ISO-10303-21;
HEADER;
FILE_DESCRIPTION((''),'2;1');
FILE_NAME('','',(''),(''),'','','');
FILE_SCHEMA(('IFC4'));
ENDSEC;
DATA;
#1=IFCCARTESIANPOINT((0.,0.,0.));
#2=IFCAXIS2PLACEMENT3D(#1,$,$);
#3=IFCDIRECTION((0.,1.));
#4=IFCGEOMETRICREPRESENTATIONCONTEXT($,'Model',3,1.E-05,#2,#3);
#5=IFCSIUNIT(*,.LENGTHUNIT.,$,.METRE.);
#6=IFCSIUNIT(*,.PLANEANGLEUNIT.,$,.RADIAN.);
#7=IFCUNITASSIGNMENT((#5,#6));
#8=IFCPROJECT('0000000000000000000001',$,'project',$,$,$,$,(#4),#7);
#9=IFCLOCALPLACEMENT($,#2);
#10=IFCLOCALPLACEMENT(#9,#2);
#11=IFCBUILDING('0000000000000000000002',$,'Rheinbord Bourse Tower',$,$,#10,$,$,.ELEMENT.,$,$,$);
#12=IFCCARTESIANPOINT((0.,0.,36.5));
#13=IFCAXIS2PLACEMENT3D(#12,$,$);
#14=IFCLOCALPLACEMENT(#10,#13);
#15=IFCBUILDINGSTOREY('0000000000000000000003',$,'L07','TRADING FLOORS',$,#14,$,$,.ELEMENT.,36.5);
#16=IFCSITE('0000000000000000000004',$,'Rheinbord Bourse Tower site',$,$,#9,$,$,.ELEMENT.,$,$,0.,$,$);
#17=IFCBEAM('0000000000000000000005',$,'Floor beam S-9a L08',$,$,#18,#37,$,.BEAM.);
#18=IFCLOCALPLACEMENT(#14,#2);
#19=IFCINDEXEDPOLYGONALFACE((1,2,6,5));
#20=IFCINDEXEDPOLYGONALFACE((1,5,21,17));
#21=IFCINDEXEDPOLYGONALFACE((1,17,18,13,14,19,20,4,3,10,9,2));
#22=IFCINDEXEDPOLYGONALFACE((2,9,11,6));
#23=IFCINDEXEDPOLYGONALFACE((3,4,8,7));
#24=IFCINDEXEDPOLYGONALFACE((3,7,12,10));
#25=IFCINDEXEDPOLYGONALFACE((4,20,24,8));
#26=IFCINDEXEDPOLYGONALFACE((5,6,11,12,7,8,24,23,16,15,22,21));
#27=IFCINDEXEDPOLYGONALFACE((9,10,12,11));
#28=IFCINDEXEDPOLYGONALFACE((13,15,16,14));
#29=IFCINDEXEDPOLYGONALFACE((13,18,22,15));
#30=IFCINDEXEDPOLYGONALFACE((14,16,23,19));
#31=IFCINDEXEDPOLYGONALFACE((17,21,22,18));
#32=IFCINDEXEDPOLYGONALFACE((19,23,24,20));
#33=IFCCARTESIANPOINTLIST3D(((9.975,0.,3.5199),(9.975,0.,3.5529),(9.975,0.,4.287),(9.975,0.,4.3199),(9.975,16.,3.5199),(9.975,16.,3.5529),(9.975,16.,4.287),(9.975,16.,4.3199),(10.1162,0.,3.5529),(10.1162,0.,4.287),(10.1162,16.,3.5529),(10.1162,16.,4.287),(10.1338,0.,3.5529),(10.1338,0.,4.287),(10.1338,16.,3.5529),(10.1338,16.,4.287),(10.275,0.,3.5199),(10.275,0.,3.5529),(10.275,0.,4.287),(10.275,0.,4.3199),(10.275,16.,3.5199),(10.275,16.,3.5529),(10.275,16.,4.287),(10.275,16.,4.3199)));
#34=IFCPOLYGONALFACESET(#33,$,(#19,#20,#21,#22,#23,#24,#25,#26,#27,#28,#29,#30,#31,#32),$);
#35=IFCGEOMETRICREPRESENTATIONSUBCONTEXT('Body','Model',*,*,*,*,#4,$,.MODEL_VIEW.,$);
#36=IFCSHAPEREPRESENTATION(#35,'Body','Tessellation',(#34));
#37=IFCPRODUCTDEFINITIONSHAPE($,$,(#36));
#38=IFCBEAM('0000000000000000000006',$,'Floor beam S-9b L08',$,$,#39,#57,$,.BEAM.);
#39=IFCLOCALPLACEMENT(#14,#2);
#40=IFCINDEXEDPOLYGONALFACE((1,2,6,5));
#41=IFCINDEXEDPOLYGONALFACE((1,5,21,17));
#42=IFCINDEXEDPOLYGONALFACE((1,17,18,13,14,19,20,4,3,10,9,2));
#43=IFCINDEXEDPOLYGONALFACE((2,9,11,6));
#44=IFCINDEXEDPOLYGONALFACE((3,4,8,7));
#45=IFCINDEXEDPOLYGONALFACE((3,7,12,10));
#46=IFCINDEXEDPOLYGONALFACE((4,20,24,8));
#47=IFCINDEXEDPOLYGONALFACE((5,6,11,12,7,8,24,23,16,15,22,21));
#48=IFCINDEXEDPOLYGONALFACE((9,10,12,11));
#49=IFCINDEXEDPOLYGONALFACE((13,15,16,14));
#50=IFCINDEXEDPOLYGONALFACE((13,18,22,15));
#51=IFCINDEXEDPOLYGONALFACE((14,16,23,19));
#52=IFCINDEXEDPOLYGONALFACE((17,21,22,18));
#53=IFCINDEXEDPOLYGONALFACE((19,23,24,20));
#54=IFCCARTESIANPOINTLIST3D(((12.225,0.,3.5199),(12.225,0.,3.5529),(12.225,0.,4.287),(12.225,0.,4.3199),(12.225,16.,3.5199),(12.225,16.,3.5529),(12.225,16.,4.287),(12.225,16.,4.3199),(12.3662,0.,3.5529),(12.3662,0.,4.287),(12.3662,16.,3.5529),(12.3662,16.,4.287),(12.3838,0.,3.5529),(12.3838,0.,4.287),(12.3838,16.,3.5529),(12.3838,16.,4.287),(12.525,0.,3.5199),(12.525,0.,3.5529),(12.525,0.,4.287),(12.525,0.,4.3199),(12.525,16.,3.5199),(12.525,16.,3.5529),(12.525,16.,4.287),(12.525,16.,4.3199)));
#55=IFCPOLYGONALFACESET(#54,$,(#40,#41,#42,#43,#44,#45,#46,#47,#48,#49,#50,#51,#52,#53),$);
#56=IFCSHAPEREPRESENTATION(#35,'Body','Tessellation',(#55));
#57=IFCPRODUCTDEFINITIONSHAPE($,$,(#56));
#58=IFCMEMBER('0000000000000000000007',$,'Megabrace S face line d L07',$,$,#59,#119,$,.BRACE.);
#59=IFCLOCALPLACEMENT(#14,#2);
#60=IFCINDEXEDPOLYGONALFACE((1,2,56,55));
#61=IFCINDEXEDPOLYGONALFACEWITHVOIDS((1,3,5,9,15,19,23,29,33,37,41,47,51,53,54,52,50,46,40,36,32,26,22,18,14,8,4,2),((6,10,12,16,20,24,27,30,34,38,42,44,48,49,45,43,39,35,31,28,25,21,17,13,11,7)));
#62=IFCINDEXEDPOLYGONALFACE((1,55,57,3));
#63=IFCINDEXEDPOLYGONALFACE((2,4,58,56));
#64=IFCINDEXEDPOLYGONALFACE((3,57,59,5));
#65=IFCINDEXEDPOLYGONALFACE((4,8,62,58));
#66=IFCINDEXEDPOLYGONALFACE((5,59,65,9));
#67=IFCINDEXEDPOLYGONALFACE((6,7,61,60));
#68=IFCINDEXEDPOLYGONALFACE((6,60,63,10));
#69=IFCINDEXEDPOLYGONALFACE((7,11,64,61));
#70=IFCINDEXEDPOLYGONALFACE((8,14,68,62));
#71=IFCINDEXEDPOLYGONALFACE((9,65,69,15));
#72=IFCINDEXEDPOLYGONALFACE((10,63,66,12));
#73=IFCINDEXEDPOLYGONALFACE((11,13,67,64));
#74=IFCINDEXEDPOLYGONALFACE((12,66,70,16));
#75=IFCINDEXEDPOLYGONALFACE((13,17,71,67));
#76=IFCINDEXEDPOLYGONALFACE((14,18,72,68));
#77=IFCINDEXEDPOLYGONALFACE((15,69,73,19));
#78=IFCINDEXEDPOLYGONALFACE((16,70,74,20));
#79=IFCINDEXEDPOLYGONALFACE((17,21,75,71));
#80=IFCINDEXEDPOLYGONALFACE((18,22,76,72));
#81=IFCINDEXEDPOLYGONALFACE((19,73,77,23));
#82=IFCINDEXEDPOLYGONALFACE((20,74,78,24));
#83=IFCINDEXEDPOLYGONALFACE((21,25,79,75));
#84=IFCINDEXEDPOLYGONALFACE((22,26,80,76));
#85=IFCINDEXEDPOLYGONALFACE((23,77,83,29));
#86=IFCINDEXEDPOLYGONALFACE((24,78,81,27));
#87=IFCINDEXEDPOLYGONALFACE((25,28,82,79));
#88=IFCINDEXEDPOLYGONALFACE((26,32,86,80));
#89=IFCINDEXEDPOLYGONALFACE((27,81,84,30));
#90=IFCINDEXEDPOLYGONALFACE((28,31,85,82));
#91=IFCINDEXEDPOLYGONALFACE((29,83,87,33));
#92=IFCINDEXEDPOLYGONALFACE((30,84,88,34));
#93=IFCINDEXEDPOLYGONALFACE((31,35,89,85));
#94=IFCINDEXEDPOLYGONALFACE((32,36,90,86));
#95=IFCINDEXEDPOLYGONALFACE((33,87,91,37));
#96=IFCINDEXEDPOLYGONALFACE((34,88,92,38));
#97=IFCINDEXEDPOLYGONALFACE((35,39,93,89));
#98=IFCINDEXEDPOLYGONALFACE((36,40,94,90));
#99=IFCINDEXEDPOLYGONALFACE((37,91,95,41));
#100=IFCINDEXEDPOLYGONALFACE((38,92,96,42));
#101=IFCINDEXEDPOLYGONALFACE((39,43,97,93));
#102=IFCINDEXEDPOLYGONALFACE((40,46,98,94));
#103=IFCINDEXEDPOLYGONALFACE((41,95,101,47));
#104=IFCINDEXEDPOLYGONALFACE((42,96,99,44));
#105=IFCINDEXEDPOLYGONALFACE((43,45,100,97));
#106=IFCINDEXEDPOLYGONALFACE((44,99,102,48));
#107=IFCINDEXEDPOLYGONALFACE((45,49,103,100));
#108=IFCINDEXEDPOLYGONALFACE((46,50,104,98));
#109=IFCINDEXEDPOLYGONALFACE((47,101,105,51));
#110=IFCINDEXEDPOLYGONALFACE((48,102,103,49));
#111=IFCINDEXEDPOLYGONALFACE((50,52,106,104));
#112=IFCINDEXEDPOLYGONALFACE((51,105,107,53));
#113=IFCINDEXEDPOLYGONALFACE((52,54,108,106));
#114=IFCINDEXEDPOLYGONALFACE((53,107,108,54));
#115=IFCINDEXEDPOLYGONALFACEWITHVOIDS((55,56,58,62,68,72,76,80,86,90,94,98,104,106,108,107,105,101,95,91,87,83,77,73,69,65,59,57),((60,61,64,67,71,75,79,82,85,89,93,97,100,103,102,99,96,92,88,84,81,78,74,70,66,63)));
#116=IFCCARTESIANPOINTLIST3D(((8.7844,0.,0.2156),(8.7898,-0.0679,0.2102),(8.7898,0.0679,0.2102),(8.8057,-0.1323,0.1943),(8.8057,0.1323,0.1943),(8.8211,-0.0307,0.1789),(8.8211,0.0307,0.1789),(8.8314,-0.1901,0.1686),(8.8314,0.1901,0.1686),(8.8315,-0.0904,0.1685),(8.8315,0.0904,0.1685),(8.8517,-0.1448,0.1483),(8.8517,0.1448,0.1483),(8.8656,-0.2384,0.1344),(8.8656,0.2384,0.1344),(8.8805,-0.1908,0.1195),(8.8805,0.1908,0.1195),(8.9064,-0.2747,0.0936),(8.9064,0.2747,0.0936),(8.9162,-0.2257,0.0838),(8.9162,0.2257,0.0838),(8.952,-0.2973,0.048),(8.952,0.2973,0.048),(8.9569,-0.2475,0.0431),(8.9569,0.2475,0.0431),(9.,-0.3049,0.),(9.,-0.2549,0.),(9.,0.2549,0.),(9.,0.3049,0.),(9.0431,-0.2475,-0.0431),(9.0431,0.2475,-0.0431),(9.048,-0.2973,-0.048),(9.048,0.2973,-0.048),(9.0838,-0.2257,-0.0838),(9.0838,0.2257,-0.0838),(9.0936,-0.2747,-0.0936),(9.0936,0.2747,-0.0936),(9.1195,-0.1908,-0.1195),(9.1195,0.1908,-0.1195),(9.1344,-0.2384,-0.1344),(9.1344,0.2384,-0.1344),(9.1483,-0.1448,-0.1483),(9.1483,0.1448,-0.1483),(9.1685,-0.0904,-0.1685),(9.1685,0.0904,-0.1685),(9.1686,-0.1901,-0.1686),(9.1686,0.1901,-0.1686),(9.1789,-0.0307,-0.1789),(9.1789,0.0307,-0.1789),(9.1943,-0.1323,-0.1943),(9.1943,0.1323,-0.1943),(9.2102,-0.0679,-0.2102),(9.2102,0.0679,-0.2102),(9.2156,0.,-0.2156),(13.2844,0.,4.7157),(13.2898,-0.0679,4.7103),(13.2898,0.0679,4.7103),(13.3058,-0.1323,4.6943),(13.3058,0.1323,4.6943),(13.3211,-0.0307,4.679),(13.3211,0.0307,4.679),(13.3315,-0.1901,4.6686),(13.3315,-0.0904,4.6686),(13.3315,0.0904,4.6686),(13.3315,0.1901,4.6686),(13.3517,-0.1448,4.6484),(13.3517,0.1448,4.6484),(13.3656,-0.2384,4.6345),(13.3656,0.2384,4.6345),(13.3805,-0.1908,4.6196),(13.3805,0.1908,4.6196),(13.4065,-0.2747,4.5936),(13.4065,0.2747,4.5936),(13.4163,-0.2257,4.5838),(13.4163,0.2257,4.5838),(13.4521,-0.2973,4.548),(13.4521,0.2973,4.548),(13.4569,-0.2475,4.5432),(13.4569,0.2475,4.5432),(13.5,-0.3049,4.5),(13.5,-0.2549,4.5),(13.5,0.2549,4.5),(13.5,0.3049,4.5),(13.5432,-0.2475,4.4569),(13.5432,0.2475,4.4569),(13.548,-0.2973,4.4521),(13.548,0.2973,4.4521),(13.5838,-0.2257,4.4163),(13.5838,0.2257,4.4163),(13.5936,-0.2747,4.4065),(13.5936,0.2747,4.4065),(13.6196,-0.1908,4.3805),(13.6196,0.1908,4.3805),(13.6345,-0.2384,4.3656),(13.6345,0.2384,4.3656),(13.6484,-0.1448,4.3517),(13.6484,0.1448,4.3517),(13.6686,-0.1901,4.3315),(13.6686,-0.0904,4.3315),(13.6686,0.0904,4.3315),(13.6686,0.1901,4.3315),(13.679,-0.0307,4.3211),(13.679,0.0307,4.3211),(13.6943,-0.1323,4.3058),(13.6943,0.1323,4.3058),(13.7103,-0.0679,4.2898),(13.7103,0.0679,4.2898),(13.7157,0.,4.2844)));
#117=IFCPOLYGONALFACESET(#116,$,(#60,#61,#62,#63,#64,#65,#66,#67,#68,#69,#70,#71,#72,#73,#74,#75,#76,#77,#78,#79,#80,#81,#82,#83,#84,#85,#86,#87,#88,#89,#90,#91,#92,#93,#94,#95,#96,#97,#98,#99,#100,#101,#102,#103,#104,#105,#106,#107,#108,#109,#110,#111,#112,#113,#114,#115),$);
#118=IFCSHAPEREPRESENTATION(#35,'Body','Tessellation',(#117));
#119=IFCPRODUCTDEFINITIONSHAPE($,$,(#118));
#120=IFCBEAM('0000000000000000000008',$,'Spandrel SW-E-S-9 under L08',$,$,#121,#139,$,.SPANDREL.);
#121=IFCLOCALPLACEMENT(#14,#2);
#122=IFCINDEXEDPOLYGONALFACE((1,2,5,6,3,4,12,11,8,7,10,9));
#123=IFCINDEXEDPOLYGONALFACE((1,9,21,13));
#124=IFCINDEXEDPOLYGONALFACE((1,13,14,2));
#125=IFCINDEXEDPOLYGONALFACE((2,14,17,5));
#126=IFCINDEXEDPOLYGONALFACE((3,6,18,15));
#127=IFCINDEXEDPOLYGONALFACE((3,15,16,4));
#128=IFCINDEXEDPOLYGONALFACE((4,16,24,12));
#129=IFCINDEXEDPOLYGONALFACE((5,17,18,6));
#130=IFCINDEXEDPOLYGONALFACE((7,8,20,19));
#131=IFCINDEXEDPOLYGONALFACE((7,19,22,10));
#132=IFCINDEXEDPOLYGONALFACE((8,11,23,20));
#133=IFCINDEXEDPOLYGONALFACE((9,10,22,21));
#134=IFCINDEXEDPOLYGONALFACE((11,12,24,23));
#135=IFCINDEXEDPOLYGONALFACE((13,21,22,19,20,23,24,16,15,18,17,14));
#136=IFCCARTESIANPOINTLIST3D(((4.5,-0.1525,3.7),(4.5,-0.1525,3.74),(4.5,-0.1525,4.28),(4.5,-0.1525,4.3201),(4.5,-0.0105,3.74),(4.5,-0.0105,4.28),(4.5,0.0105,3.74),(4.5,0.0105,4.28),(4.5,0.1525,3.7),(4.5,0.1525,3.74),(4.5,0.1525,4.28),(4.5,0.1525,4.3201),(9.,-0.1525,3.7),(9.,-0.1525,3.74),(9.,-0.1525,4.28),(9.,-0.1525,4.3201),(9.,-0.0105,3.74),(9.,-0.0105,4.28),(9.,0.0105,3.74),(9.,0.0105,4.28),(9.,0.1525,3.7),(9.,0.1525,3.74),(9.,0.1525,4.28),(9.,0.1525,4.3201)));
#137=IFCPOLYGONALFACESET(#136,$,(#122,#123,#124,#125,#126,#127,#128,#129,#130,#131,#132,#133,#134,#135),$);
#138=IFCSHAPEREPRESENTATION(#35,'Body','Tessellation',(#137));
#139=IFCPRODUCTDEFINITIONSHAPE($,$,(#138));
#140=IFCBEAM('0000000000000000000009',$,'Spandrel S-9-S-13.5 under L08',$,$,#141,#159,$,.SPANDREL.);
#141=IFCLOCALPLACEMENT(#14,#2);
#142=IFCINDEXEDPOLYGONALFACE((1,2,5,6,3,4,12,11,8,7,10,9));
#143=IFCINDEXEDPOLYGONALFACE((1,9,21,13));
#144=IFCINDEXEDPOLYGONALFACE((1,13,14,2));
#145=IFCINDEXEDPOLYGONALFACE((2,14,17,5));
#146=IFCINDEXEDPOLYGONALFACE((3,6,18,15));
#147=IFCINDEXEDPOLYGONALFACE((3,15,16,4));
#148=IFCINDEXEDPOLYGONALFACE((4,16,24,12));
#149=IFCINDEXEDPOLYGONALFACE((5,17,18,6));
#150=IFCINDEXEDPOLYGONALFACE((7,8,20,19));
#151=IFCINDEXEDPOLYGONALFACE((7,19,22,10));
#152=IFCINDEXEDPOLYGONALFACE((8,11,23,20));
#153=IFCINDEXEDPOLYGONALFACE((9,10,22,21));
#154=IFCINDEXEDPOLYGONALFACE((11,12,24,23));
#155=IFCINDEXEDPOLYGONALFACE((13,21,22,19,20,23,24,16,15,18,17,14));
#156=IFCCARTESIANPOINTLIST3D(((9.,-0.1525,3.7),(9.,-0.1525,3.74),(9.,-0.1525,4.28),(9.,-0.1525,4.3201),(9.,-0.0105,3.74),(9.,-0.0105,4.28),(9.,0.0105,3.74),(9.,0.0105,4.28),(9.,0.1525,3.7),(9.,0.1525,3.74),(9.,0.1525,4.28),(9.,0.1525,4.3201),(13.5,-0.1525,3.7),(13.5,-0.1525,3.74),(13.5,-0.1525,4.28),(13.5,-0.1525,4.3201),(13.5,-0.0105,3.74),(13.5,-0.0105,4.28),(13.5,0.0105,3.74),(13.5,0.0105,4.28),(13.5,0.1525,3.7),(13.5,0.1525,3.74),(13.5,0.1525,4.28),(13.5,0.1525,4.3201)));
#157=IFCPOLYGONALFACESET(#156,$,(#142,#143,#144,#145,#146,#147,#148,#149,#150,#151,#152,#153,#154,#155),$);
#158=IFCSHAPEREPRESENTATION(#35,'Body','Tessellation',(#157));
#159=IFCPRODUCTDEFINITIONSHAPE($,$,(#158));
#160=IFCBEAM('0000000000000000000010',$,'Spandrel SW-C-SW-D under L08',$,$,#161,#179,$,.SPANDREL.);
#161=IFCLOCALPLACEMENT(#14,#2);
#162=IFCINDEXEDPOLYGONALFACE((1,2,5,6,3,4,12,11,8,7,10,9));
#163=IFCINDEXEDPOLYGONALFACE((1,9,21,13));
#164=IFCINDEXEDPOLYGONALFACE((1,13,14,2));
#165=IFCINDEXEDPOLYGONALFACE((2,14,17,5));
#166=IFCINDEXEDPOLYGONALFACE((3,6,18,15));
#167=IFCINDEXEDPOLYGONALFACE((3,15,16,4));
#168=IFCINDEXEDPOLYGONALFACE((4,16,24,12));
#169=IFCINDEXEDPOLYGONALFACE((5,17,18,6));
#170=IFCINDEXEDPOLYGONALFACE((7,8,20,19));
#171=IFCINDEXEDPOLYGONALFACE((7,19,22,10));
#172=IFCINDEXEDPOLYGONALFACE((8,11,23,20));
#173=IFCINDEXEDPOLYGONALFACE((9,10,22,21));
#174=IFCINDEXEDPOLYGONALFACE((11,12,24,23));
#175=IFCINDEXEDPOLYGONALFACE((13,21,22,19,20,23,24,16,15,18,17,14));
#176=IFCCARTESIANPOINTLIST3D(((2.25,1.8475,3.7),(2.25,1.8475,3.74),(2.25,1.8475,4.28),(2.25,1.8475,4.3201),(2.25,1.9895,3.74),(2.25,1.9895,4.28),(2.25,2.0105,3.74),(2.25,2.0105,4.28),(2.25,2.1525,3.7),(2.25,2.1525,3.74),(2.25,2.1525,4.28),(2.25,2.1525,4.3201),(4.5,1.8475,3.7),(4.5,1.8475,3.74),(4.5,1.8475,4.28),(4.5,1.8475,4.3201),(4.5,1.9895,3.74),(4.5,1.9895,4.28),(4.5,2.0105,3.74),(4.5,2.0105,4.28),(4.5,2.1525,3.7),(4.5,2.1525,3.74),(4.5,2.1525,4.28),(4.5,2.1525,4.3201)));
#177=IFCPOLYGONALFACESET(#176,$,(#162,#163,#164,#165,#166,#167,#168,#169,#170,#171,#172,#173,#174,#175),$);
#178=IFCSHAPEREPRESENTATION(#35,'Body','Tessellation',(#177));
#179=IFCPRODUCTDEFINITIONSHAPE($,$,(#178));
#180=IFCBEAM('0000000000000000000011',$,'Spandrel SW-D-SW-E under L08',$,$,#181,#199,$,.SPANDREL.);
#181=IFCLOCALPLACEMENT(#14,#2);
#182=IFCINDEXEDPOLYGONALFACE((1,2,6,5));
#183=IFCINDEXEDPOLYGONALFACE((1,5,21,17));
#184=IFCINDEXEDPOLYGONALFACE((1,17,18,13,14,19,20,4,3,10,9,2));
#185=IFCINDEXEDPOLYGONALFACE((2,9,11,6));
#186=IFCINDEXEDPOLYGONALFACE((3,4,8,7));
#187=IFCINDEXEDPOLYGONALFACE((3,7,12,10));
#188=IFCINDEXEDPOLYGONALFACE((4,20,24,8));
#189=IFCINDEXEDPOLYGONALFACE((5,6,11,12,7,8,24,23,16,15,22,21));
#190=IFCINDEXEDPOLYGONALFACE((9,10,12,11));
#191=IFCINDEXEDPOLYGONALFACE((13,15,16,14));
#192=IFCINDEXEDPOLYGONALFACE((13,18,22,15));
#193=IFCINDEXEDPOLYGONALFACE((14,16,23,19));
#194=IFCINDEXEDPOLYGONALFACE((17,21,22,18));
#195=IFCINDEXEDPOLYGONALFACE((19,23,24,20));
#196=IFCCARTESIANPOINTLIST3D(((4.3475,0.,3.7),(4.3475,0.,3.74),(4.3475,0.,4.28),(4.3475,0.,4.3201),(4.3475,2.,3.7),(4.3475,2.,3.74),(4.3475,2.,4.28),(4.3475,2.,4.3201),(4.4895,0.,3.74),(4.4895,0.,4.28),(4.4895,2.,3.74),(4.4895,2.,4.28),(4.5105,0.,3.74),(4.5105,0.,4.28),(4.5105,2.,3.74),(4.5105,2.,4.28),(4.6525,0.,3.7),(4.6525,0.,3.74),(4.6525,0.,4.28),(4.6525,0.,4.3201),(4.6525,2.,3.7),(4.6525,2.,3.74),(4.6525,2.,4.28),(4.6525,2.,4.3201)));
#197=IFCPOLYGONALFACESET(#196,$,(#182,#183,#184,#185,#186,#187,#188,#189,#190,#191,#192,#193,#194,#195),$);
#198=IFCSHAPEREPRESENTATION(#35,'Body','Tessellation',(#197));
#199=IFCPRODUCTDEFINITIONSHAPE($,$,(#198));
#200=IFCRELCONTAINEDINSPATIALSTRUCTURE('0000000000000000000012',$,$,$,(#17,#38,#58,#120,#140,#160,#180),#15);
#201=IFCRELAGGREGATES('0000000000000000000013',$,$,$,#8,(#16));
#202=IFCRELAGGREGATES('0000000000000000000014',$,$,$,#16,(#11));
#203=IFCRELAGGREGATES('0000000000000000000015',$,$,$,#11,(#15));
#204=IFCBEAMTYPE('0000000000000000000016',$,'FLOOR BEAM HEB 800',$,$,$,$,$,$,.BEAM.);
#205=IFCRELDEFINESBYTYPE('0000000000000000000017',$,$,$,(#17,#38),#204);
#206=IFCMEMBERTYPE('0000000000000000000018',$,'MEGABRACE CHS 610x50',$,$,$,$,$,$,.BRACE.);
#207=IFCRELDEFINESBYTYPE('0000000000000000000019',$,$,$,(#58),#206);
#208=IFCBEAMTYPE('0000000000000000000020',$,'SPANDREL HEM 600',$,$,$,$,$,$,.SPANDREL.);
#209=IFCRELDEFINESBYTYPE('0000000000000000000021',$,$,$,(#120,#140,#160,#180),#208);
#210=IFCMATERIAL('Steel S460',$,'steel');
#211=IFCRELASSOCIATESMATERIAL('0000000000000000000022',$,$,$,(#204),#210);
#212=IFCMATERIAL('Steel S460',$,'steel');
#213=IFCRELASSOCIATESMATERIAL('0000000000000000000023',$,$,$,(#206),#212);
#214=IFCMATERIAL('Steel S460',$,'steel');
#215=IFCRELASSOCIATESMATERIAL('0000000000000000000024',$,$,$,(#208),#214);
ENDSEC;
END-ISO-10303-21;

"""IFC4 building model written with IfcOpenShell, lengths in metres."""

from ifc_helpers import new_model, si_unit, direction, frame, origin, origin_2d, place, context, subcontext, project, spatial, hollow_circle, i_section, extrude, material, material_profile, profile_set, type_object, element, save


model = new_model("IFC4")

# Units and contexts
model_context = context("Model", 3, precision=1e-05, world=origin(), true_north=direction((0.0, 1.0)))
body_context = subcontext(model_context, "Body", "Model", "MODEL_VIEW")
ifc_project = project(units=[si_unit("LENGTHUNIT", "METRE"), si_unit("PLANEANGLEUNIT", "RADIAN")], contexts=[model_context])

# Site, building, storey
site_placement = place(None, origin())
site = spatial("IfcSite", under=ifc_project, at=site_placement, Name="Rheinbord Bourse Tower site", CompositionType="ELEMENT", RefElevation=0.0)
building_placement = place(site_placement, origin())
building = spatial("IfcBuilding", under=site, at=building_placement, Name="Rheinbord Bourse Tower", CompositionType="ELEMENT")
storey_placement = place(building_placement, frame((0.0, 0.0, 36.5)))
storey = spatial("IfcBuildingStorey", under=building, at=storey_placement, Name="L07", Description="TRADING FLOORS", CompositionType="ELEMENT", Elevation=36.5)

# Beams
ifc_material_1 = material(Name="Steel S460", Category="steel")
ifc_material_profile_1 = material_profile(ifc_material_1, i_section(OverallWidth=0.3, OverallDepth=0.8, WebThickness=0.0176, FlangeThickness=0.033, at=origin_2d()), Name="HEB 800")
ifc_profile_set_1 = profile_set([ifc_material_profile_1], Name="Steel S460")
beam_type_1 = type_object("IfcBeamType", Name="FLOOR BEAM HEB 800", PredefinedType="BEAM", material=ifc_profile_set_1)
for number, where, z_axis, x_axis, name in (
    (1, (10.125, 0.0, 3.9199), (0.0, 1.0, 0.0), (-1.0, 0.0, 0.0), "Floor beam S-9a L08"),
    (2, (12.375, 0.0, 3.9199), (0.0, 1.0, 0.0), (-1.0, 0.0, 0.0), "Floor beam S-9b L08"),
):
    element("IfcBeam", number, at=place(storey_placement, frame(where, z_axis=z_axis, x_axis=x_axis)), inside=storey, type_object=beam_type_1, Name=name, PredefinedType="BEAM", context=body_context, shape_type="SweptSolid", body=[
        extrude(i_section(OverallWidth=0.3, OverallDepth=0.8, WebThickness=0.0176, FlangeThickness=0.033, at=origin_2d()), origin(), (0.0, 0.0, 1.0), 16.0),
    ])

# Member
ifc_material_2 = material(Name="Steel S460", Category="steel")
ifc_material_profile_2 = material_profile(ifc_material_2, hollow_circle(Radius=0.3049, WallThickness=0.05, at=origin_2d()), Name="CHS 610x50")
ifc_profile_set_2 = profile_set([ifc_material_profile_2], Name="Steel S460")
member_type_1 = type_object("IfcMemberType", Name="MEGABRACE CHS 610x50", PredefinedType="BRACE", material=ifc_profile_set_2)
member_1_placement = place(storey_placement, frame((9.0, 0.0, 0.0), z_axis=(0.707107, 0.0, 0.707107), x_axis=(0.0, 1.0, 0.0)))
element("IfcMember", 3, at=member_1_placement, inside=storey, type_object=member_type_1, Name="Megabrace S face line d L07", PredefinedType="BRACE", context=body_context, shape_type="SweptSolid", body=[
    extrude(hollow_circle(Radius=0.3049, WallThickness=0.05, at=origin_2d()), origin(), (0.0, 0.0, 1.0), 6.364),
])

# Beams
ifc_material_3 = material(Name="Steel S460", Category="steel")
ifc_material_profile_3 = material_profile(ifc_material_3, i_section(OverallWidth=0.3049, OverallDepth=0.6201, WebThickness=0.021, FlangeThickness=0.04, at=origin_2d()), Name="HEM 600")
ifc_profile_set_3 = profile_set([ifc_material_profile_3], Name="Steel S460")
beam_type_2 = type_object("IfcBeamType", Name="SPANDREL HEM 600", PredefinedType="SPANDREL", material=ifc_profile_set_3)
for number, where, z_axis, x_axis, name in (
    (4, (4.5, 0.0, 4.01), (1.0, 0.0, 0.0), (0.0, 1.0, 0.0), "Spandrel SW-E-S-9 under L08"),
    (5, (9.0, 0.0, 4.01), (1.0, 0.0, 0.0), (0.0, 1.0, 0.0), "Spandrel S-9-S-13.5 under L08"),
):
    element("IfcBeam", number, at=place(storey_placement, frame(where, z_axis=z_axis, x_axis=x_axis)), inside=storey, type_object=beam_type_2, Name=name, PredefinedType="SPANDREL", context=body_context, shape_type="SweptSolid", body=[
        extrude(i_section(OverallWidth=0.3049, OverallDepth=0.6201, WebThickness=0.021, FlangeThickness=0.04, at=origin_2d()), origin(), (0.0, 0.0, 1.0), 4.5),
    ])
beam_1_placement = place(storey_placement, frame((2.25, 2.0, 4.01), z_axis=(1.0, 0.0, 0.0), x_axis=(0.0, 1.0, 0.0)))
element("IfcBeam", 6, at=beam_1_placement, inside=storey, type_object=beam_type_2, Name="Spandrel SW-C-SW-D under L08", PredefinedType="SPANDREL", context=body_context, shape_type="SweptSolid", body=[
    extrude(i_section(OverallWidth=0.3049, OverallDepth=0.6201, WebThickness=0.021, FlangeThickness=0.04, at=origin_2d()), origin(), (0.0, 0.0, 1.0), 2.25),
])
beam_2_placement = place(storey_placement, frame((4.5, 2.0, 4.01), z_axis=(0.0, -1.0, 0.0), x_axis=(1.0, 0.0, 0.0)))
element("IfcBeam", 7, at=beam_2_placement, inside=storey, type_object=beam_type_2, Name="Spandrel SW-D-SW-E under L08", PredefinedType="SPANDREL", context=body_context, shape_type="SweptSolid", body=[
    extrude(i_section(OverallWidth=0.3049, OverallDepth=0.6201, WebThickness=0.021, FlangeThickness=0.04, at=origin_2d()), origin(), (0.0, 0.0, 1.0), 2.0),
])

save(model, "model.ifc")
